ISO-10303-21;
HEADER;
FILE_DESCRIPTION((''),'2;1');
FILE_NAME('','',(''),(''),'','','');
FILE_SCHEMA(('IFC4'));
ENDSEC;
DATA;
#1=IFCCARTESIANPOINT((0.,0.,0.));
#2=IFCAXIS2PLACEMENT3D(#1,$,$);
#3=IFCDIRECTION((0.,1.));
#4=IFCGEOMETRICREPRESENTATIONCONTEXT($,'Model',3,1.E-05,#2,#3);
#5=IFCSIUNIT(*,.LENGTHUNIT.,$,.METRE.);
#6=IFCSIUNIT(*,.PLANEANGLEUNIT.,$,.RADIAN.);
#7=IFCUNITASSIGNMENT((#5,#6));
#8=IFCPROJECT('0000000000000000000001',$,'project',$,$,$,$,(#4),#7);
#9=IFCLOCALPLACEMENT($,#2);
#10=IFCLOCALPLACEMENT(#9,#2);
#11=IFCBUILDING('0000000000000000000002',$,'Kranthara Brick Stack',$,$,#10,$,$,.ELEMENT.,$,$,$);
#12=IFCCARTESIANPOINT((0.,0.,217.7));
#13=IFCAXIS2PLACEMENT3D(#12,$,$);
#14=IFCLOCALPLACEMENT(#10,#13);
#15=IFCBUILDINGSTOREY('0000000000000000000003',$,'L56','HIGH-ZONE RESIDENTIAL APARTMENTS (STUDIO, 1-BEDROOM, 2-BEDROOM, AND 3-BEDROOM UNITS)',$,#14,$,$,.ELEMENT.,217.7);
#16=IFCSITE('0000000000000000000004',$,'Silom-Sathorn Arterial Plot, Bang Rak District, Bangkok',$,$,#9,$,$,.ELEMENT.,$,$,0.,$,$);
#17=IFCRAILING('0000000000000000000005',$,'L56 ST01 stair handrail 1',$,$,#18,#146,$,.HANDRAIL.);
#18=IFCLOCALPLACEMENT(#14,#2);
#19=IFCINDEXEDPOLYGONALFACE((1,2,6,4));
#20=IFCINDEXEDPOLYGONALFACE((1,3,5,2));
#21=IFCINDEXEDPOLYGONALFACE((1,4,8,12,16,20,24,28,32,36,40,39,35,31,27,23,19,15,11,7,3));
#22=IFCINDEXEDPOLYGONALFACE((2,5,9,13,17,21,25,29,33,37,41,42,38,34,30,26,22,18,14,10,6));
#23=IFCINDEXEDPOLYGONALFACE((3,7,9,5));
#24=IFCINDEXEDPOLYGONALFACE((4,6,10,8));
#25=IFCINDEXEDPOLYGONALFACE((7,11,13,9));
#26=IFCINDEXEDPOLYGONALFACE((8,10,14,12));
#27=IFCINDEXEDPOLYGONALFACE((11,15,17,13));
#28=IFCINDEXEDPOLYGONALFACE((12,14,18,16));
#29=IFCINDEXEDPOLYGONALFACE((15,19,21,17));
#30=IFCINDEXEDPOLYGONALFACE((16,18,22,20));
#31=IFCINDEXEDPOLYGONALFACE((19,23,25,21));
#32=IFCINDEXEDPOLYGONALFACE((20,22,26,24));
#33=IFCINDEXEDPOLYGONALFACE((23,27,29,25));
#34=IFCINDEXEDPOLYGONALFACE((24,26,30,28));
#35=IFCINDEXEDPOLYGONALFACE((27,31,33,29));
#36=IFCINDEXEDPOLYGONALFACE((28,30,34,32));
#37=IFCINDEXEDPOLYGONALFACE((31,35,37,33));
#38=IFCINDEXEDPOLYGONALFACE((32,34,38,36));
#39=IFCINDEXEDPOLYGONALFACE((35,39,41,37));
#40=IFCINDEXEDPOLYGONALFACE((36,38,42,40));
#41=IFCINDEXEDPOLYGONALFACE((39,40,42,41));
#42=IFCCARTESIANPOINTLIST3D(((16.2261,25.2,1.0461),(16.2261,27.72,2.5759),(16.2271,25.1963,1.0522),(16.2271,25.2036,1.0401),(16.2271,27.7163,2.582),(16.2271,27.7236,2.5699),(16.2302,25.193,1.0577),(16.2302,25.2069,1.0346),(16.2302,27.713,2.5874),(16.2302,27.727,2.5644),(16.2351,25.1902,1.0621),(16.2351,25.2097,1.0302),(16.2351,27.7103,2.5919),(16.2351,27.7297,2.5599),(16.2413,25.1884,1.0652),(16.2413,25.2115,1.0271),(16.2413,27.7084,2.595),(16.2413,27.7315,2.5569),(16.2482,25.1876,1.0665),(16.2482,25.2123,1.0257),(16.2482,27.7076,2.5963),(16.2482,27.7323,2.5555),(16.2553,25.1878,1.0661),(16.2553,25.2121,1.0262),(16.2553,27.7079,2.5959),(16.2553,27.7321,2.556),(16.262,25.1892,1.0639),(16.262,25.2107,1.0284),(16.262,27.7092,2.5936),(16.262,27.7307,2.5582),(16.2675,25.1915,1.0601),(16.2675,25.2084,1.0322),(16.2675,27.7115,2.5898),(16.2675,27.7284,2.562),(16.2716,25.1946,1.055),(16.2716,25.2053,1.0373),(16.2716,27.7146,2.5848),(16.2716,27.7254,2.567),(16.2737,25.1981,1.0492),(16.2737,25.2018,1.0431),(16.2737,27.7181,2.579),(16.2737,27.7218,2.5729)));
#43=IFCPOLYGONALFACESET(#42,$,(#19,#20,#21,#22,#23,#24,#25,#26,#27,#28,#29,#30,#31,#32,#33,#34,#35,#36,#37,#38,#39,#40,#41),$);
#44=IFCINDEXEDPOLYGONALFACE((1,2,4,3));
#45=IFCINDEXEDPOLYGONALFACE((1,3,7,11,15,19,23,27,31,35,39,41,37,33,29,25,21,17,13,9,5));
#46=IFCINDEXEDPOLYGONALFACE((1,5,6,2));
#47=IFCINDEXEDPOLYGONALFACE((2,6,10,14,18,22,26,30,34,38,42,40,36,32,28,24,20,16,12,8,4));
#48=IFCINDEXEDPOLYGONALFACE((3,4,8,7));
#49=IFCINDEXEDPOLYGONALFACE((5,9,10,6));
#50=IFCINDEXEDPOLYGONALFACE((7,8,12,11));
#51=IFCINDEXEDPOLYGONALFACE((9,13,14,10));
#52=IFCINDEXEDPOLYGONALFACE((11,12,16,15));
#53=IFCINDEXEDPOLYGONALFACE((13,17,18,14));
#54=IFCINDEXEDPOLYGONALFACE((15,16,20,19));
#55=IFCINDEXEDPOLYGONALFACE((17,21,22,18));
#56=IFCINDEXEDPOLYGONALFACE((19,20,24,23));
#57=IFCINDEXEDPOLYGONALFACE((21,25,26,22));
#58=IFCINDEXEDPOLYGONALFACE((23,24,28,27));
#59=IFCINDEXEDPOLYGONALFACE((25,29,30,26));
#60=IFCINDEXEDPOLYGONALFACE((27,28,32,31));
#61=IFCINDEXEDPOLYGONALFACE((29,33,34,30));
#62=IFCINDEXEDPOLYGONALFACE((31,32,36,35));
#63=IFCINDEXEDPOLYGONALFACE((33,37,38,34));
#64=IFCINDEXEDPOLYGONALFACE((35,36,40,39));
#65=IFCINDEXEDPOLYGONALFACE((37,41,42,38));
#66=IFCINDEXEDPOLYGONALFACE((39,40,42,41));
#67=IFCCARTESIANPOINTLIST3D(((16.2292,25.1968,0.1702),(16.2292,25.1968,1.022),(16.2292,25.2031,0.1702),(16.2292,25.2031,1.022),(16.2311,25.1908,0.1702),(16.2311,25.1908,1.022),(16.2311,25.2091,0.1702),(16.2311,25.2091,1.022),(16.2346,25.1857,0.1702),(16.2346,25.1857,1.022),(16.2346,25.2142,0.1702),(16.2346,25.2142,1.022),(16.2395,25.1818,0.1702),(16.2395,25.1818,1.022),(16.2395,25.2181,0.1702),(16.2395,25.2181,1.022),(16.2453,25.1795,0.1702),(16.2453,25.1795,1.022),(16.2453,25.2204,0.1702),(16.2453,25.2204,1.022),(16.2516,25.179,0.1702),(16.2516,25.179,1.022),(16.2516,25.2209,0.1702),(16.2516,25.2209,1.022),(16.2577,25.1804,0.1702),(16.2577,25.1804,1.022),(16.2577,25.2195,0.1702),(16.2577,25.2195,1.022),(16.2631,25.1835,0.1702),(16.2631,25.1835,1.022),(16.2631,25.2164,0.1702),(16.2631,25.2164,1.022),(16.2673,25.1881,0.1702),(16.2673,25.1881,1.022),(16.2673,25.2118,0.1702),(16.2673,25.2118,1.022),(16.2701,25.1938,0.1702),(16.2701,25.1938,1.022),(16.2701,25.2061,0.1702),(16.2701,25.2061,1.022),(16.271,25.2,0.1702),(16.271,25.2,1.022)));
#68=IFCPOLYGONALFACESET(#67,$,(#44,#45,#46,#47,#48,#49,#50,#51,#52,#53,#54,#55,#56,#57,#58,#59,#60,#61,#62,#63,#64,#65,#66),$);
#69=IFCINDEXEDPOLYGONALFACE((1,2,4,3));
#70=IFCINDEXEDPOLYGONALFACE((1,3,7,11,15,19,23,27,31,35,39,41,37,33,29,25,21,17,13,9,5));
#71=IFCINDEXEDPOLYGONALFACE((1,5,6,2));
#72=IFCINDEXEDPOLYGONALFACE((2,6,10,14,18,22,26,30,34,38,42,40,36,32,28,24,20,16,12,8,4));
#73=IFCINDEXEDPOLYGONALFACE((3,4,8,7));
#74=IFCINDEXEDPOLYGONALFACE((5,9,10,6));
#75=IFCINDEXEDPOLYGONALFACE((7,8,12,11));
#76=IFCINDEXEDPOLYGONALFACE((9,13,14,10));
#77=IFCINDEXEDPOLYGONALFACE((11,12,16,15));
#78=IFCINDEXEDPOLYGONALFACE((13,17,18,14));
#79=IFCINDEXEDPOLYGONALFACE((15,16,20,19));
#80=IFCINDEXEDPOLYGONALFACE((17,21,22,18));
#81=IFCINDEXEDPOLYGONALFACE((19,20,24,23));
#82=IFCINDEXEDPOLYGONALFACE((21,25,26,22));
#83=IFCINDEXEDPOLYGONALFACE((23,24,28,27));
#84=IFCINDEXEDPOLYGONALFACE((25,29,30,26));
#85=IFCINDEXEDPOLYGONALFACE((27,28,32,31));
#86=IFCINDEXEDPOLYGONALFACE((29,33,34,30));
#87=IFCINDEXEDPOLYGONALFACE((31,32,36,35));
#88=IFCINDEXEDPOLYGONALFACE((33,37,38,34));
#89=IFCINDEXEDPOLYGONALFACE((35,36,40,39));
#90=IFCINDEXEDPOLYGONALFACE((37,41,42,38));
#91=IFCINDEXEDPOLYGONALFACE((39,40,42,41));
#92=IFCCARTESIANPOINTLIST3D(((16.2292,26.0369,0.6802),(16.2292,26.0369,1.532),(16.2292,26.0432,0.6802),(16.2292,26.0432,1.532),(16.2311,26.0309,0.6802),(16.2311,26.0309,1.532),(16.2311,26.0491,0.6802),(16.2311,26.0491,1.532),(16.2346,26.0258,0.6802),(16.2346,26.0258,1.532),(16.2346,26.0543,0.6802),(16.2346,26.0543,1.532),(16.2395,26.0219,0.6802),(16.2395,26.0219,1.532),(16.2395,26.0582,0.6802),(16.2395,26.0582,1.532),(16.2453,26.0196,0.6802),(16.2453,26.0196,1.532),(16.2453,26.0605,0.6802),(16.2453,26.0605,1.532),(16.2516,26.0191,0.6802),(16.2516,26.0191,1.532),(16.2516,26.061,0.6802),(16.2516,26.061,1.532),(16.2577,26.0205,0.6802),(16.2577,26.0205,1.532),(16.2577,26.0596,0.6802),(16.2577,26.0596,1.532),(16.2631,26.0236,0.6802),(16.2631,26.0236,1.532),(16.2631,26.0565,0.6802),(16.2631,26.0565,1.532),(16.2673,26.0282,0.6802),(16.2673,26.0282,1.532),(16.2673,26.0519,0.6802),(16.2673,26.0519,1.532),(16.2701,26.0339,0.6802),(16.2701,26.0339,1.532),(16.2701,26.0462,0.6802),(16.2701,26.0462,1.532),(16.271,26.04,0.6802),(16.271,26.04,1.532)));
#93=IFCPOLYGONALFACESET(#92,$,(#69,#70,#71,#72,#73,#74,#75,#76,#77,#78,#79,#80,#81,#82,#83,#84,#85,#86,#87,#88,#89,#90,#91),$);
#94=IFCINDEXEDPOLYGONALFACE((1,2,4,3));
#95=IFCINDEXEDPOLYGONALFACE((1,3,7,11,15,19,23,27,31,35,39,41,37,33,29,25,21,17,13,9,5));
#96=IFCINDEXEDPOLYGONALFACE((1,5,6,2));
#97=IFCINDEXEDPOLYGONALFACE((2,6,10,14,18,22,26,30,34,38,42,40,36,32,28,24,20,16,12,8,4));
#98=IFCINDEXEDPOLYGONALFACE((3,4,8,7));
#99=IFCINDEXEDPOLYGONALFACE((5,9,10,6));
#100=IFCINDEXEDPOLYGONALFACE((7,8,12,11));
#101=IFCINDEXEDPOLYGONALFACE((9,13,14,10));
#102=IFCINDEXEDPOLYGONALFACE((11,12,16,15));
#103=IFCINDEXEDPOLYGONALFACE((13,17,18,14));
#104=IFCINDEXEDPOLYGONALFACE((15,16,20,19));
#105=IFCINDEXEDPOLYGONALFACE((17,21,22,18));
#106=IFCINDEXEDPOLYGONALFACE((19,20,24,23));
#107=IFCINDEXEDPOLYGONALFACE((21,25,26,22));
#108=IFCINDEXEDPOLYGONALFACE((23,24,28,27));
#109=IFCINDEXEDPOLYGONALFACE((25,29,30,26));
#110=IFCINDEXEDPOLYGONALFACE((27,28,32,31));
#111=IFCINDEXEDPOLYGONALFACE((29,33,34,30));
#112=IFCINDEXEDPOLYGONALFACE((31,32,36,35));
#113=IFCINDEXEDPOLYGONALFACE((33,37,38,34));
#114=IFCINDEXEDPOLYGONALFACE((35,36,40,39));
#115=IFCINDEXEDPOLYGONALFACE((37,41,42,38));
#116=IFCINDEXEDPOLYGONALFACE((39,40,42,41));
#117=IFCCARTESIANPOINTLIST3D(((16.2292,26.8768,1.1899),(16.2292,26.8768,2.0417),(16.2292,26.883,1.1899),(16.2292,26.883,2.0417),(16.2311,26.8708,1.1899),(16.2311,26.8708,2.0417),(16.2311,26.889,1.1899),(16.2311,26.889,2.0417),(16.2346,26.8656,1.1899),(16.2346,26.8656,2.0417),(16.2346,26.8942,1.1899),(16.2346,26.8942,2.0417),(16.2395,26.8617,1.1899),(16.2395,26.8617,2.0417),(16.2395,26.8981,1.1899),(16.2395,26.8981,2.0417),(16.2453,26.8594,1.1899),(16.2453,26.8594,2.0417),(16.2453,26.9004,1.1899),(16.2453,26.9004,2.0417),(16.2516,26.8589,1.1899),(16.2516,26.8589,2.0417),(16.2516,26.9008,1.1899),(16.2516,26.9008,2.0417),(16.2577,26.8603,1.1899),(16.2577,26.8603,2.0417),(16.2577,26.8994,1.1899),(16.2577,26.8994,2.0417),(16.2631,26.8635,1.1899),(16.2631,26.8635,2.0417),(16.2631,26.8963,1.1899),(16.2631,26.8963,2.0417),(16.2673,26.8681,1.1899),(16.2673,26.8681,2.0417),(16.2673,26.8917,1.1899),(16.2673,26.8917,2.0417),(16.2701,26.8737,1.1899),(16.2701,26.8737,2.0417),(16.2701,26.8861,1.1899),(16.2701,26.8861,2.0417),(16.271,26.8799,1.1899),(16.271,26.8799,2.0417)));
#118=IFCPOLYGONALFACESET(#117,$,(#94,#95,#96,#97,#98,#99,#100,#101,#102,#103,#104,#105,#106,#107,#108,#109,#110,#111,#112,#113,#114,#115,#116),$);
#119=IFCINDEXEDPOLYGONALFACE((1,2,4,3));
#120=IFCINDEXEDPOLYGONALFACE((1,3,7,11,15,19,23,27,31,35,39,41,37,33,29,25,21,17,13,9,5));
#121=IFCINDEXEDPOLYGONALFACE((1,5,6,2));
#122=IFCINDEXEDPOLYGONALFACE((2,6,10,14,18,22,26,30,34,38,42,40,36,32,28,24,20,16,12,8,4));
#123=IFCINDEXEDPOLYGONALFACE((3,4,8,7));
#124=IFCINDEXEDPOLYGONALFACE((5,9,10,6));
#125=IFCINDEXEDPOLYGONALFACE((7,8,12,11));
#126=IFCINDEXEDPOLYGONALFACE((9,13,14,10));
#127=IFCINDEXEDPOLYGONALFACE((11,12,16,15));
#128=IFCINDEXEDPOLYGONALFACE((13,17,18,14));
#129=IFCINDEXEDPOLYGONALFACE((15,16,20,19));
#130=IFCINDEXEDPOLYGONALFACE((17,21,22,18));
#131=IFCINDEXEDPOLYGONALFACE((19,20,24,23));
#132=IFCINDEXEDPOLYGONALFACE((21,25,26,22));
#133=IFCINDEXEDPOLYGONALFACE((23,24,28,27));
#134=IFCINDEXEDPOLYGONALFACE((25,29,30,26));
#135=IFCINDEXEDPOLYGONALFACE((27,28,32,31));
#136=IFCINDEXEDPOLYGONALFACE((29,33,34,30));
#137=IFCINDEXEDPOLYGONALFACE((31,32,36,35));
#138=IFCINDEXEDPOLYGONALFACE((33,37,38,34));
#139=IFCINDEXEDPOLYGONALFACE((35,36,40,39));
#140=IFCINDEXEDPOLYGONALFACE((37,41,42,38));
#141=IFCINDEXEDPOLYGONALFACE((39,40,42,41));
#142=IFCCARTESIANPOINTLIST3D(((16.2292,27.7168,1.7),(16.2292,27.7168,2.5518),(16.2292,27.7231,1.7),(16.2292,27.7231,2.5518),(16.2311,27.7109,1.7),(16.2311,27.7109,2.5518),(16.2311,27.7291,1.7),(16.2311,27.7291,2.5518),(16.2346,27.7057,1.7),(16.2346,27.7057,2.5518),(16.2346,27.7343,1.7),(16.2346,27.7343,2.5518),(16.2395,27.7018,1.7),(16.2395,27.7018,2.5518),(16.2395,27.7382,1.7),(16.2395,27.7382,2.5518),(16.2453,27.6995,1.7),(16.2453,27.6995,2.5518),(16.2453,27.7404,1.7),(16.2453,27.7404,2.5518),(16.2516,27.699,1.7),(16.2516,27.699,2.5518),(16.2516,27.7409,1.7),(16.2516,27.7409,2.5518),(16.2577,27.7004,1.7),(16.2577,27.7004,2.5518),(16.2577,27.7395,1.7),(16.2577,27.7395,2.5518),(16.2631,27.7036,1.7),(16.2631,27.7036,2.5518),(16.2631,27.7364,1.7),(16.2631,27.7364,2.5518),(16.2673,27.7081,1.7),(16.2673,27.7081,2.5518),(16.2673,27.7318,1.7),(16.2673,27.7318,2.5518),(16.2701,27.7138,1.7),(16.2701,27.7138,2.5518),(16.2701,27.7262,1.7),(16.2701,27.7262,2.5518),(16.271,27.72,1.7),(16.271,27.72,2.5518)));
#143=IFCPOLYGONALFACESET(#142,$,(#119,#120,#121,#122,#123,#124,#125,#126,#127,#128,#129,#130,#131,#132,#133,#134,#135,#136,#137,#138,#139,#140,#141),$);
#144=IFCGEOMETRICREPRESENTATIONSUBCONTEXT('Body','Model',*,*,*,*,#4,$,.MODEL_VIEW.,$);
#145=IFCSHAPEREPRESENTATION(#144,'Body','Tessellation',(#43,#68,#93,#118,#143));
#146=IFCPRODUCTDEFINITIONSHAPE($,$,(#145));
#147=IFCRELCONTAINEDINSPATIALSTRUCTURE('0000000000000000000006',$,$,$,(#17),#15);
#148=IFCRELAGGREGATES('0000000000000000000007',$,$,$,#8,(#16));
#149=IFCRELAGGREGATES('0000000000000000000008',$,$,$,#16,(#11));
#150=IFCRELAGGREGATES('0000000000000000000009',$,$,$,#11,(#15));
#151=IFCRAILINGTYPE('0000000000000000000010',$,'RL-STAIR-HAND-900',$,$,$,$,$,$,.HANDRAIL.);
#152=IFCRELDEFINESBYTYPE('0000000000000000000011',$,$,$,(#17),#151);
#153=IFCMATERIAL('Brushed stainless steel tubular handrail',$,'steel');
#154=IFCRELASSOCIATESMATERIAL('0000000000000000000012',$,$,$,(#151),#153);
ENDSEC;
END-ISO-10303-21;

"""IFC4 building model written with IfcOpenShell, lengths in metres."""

from ifc_helpers import new_model, si_unit, direction, frame, origin, origin_2d, place, context, subcontext, project, spatial, circle, extrude, material, type_object, element, save


model = new_model("IFC4")

# Units and contexts
model_context = context("Model", 3, precision=1e-05, world=origin(), true_north=direction((0.0, 1.0)))
body_context = subcontext(model_context, "Body", "Model", "MODEL_VIEW")
ifc_project = project(units=[si_unit("LENGTHUNIT", "METRE"), si_unit("PLANEANGLEUNIT", "RADIAN")], contexts=[model_context])

# Site, building, storey
site_placement = place(None, origin())
site = spatial("IfcSite", under=ifc_project, at=site_placement, Name="Silom-Sathorn Arterial Plot, Bang Rak District, Bangkok", CompositionType="ELEMENT", RefElevation=0.0)
building_placement = place(site_placement, origin())
building = spatial("IfcBuilding", under=site, at=building_placement, Name="Kranthara Brick Stack", CompositionType="ELEMENT")
storey_placement = place(building_placement, frame((0.0, 0.0, 217.7)))
storey = spatial("IfcBuildingStorey", under=building, at=storey_placement, Name="L56", Description="HIGH-ZONE RESIDENTIAL APARTMENTS (STUDIO, 1-BEDROOM, 2-BEDROOM, AND 3-BEDROOM UNITS)", CompositionType="ELEMENT", Elevation=217.7)

# Railing
ifc_material_1 = material(Name="Brushed stainless steel tubular handrail", Category="steel")
railing_type_1 = type_object("IfcRailingType", Name="RL-STAIR-HAND-900", PredefinedType="HANDRAIL", material=ifc_material_1)
railing_1_placement = place(storey_placement, frame((16.25, 25.2, 0.1702)))
element("IfcRailing", 1, at=railing_1_placement, inside=storey, type_object=railing_type_1, Name="L56 ST01 stair handrail 1", PredefinedType="HANDRAIL", context=body_context, shape_type="SweptSolid", body=[
    extrude(circle(Radius=0.0239, at=origin_2d()), frame((0.0, 0.0, 0.876), z_axis=(0.0, 0.854822, 0.518922), x_axis=(-1.0, 0.0, 0.0)), (0.0, 0.0, 1.0), 2.948),
    extrude(circle(Radius=0.021, at=origin_2d()), origin(), (0.0, 0.0, 1.0), 0.8518),
    extrude(circle(Radius=0.021, at=origin_2d()), frame((0.0, 0.8401, 0.51)), (0.0, 0.0, 1.0), 0.8518),
    extrude(circle(Radius=0.021, at=origin_2d()), frame((0.0, 1.6799, 1.0198)), (0.0, 0.0, 1.0), 0.8518),
    extrude(circle(Radius=0.021, at=origin_2d()), frame((0.0, 2.52, 1.5298)), (0.0, 0.0, 1.0), 0.8518),
])

save(model, "model.ifc")
